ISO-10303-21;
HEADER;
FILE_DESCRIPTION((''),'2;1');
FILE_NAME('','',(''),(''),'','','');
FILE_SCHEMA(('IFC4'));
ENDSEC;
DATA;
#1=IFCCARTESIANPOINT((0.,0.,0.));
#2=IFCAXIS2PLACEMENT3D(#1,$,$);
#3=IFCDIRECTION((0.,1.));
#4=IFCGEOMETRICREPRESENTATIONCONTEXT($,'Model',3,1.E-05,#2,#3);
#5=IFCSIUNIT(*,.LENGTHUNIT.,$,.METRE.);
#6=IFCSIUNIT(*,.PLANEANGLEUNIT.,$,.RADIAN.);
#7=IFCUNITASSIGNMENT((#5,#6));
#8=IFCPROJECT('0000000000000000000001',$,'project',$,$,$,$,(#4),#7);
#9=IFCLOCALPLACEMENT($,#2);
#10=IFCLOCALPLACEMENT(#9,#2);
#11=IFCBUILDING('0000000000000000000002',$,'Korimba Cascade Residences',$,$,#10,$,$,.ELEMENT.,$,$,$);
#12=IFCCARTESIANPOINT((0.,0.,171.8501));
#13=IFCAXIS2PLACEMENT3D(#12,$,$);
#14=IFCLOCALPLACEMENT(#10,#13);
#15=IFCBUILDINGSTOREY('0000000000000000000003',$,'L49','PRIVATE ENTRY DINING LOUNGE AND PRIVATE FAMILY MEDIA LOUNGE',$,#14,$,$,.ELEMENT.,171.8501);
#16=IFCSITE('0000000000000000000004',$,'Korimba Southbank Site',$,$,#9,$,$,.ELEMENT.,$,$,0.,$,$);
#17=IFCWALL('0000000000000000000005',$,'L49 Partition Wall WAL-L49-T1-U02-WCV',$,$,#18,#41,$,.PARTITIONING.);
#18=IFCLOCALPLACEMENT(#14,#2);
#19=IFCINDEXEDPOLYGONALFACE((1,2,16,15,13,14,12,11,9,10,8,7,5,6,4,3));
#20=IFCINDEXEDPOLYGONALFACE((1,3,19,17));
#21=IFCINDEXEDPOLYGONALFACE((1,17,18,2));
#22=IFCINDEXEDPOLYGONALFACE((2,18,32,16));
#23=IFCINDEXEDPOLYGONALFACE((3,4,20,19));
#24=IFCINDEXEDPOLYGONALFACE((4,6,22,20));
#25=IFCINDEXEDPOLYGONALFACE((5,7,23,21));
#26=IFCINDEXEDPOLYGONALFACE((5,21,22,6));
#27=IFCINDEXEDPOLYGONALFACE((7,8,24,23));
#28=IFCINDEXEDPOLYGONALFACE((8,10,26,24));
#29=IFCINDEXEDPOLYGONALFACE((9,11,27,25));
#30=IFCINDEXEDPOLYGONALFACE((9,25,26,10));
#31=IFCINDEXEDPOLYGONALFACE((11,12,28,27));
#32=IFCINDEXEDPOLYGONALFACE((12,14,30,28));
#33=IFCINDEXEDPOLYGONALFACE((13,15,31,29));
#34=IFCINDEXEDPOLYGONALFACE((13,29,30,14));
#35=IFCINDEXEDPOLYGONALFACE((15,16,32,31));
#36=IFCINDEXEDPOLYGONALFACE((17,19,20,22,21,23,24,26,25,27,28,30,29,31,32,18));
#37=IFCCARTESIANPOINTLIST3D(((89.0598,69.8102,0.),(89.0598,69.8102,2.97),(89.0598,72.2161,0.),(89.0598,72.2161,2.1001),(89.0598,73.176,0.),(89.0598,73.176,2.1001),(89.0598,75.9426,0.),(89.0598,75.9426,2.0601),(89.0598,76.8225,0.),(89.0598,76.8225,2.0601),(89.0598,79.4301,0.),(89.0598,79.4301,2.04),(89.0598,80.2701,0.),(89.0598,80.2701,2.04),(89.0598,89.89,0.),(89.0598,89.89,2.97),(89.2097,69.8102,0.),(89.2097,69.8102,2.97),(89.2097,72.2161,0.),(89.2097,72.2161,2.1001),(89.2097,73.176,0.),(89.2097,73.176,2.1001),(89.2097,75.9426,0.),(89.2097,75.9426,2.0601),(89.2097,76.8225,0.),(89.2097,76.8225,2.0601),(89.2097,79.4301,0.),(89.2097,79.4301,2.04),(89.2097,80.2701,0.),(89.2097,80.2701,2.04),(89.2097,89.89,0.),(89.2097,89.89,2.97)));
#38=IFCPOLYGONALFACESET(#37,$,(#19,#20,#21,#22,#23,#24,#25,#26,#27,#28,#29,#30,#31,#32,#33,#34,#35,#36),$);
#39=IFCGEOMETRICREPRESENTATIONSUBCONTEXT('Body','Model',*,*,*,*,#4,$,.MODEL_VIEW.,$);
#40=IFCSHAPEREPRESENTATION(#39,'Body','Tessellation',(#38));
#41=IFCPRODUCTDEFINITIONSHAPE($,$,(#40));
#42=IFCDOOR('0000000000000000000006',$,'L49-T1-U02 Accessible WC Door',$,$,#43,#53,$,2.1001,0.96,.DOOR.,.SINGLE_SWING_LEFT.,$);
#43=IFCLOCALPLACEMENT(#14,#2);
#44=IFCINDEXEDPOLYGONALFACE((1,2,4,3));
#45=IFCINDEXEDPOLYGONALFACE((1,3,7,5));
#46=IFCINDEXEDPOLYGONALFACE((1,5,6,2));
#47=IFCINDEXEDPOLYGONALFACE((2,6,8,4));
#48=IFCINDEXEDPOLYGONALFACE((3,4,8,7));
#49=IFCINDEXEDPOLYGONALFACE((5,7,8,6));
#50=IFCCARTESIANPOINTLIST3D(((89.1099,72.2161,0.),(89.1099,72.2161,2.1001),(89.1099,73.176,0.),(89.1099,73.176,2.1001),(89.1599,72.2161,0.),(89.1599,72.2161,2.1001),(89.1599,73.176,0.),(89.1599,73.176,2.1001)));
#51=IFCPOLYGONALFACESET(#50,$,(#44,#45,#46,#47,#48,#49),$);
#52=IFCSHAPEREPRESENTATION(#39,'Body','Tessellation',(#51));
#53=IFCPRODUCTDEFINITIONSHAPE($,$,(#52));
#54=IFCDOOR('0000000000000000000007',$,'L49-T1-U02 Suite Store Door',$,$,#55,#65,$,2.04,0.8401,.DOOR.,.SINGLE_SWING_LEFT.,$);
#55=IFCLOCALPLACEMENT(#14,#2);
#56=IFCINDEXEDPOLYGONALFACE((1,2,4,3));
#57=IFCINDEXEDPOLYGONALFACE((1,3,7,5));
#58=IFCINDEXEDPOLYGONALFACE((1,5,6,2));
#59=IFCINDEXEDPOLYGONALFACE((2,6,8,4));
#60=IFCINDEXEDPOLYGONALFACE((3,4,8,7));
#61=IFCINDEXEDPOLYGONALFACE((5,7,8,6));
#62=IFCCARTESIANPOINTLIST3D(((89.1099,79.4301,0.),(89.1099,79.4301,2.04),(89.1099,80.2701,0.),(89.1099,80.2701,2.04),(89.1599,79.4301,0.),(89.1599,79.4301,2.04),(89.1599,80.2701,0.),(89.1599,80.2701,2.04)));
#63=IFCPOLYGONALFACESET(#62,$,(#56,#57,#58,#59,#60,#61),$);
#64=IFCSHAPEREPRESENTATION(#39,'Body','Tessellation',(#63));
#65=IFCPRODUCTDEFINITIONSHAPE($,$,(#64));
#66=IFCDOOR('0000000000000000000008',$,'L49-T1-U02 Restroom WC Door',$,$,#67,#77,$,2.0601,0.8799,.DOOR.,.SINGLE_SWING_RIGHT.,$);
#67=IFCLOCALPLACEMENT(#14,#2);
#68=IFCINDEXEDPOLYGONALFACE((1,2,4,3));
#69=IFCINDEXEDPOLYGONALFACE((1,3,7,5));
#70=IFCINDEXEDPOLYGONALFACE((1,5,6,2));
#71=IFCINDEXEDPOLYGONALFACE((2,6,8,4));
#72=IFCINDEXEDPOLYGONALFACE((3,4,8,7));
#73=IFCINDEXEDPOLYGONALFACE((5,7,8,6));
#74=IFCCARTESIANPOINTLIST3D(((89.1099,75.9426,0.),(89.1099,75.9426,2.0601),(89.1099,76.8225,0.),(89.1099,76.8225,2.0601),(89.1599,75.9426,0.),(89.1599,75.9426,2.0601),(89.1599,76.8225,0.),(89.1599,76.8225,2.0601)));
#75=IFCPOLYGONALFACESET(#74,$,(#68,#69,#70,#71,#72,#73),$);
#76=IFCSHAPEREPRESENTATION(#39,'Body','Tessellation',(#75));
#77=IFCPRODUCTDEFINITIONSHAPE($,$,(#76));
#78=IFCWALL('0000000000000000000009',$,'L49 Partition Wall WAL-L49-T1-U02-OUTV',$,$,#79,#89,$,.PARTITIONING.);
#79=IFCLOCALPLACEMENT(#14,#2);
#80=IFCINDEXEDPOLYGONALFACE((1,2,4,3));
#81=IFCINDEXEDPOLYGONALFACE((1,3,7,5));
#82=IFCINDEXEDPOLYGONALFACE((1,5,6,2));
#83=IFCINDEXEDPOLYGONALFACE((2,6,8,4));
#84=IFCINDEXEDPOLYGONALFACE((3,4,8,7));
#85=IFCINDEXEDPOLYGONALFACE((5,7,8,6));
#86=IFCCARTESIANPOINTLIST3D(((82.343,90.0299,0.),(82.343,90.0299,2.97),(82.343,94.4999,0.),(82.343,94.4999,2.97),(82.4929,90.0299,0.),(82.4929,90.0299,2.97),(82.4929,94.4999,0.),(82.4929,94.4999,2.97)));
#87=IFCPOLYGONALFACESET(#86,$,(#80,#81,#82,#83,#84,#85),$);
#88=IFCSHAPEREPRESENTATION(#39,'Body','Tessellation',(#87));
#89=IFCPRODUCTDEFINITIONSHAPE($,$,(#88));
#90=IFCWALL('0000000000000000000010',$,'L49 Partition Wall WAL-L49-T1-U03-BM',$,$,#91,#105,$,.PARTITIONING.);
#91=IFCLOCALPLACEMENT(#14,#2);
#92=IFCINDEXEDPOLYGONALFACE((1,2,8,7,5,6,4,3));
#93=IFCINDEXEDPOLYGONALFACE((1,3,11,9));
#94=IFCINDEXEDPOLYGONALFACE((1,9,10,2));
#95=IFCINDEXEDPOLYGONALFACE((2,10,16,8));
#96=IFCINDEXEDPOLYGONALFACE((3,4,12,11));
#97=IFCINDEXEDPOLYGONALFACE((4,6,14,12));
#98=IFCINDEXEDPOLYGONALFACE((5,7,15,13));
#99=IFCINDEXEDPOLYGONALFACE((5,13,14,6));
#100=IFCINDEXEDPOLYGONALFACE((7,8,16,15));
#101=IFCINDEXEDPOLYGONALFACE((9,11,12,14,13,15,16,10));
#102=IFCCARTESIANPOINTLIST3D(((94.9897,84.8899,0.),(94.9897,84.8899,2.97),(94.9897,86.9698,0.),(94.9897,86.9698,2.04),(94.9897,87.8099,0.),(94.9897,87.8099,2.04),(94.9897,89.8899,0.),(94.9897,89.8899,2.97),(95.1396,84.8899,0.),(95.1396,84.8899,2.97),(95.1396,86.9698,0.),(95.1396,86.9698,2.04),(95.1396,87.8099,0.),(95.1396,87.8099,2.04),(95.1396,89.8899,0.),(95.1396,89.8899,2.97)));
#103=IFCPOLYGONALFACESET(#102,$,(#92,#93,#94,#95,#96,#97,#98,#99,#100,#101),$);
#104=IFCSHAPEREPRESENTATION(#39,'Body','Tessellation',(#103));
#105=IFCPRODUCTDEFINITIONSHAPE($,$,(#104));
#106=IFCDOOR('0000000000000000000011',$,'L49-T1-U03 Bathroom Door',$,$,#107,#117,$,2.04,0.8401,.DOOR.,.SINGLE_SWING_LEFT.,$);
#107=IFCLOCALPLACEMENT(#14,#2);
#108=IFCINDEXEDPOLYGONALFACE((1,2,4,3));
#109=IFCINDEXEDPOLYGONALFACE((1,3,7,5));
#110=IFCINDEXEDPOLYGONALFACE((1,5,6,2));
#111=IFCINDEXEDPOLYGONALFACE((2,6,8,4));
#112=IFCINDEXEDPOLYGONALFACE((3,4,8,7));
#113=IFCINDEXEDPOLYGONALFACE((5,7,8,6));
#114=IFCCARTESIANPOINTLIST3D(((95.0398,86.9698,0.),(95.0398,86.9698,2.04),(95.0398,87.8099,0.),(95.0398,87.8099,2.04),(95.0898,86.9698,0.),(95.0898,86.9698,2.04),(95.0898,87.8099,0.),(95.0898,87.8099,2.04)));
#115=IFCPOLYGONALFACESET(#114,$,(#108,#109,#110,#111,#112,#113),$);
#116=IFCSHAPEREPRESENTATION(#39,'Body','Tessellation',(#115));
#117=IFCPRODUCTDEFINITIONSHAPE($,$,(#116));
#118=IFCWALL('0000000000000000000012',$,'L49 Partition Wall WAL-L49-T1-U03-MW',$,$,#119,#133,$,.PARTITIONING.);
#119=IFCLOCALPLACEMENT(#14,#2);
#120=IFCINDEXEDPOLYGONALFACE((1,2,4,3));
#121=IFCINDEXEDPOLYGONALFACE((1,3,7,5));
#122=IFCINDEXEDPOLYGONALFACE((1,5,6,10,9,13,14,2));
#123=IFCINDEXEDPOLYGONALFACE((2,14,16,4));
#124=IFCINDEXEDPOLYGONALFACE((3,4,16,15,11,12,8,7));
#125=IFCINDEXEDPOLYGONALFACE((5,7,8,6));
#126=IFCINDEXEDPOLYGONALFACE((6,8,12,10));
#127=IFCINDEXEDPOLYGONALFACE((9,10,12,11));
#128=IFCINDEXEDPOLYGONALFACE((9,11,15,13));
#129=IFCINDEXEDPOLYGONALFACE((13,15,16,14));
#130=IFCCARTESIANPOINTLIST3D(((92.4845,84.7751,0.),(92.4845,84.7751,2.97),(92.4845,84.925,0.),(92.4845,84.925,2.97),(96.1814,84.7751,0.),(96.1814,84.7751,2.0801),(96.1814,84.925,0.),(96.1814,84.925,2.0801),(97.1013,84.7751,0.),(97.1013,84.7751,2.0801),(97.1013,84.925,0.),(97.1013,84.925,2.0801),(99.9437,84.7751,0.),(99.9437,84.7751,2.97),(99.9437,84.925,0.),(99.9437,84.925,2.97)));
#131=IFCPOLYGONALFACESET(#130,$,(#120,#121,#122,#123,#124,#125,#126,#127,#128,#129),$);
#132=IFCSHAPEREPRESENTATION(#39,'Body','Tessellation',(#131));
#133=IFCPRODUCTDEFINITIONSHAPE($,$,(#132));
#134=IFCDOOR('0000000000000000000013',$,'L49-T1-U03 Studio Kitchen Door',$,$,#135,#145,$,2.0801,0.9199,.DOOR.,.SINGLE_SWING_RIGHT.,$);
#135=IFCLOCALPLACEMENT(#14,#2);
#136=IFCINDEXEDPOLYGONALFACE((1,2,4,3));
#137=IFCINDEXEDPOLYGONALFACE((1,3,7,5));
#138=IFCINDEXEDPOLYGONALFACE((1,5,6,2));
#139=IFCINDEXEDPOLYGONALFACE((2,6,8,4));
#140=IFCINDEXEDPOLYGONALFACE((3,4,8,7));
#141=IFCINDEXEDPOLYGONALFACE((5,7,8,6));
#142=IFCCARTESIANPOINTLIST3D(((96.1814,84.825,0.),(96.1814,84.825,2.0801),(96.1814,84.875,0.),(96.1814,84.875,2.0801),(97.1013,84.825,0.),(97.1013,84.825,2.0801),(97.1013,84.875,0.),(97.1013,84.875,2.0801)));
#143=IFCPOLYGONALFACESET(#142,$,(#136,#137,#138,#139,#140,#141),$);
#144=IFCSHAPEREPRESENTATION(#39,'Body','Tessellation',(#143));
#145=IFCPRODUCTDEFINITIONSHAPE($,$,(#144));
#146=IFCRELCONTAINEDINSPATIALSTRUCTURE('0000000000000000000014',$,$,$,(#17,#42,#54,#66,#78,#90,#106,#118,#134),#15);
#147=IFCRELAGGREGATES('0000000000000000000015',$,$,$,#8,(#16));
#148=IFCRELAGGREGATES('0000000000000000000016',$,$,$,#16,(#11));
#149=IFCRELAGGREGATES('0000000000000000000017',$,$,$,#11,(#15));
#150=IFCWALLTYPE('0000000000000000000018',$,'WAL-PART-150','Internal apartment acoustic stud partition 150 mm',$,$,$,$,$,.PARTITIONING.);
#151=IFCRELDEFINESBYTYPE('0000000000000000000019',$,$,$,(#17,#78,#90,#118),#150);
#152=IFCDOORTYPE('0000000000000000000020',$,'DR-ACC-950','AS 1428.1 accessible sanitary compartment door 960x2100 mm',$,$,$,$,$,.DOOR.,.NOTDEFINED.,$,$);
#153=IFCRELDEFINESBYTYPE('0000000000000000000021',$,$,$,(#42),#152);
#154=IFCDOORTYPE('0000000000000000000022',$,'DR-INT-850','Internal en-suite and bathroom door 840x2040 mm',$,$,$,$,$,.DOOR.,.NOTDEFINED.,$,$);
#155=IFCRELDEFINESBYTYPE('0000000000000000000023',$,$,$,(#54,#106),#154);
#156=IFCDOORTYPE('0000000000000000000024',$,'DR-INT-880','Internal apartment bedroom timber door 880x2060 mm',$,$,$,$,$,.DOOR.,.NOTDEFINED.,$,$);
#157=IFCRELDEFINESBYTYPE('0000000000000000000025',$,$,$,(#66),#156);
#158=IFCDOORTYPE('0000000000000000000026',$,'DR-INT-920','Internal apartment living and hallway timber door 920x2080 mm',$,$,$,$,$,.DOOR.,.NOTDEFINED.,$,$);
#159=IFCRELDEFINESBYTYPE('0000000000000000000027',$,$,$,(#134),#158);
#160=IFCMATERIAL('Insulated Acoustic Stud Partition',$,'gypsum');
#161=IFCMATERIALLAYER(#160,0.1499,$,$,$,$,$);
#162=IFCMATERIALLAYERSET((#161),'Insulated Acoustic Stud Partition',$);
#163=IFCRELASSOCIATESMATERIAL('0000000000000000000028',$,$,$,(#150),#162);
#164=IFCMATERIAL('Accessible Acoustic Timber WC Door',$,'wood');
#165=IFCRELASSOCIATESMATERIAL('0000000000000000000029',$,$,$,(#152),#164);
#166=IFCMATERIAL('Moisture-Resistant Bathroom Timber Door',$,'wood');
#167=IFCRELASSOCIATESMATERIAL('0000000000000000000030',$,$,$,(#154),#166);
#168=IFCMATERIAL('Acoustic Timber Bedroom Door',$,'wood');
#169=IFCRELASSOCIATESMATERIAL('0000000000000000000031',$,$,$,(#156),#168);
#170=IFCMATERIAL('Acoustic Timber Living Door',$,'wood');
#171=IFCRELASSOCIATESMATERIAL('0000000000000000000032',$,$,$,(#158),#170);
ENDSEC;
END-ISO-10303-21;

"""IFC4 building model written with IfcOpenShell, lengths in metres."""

from ifc_helpers import new_model, si_unit, direction, frame, frame_2d, origin, place, context, subcontext, project, spatial, rectangle, extrude, material, layer, layer_set, type_object, element, fill, save


model = new_model("IFC4")

# Units and contexts
model_context = context("Model", 3, precision=1e-05, world=origin(), true_north=direction((0.0, 1.0)))
body_context = subcontext(model_context, "Body", "Model", "MODEL_VIEW")
ifc_project = project(units=[si_unit("LENGTHUNIT", "METRE"), si_unit("PLANEANGLEUNIT", "RADIAN")], contexts=[model_context])

# Site, building, storey
site_placement = place(None, origin())
site = spatial("IfcSite", under=ifc_project, at=site_placement, Name="Korimba Southbank Site", CompositionType="ELEMENT", RefElevation=0.0)
building_placement = place(site_placement, origin())
building = spatial("IfcBuilding", under=site, at=building_placement, Name="Korimba Cascade Residences", CompositionType="ELEMENT")
storey_placement = place(building_placement, frame((0.0, 0.0, 171.8501)))
storey = spatial("IfcBuildingStorey", under=building, at=storey_placement, Name="L49", Description="PRIVATE ENTRY DINING LOUNGE AND PRIVATE FAMILY MEDIA LOUNGE", CompositionType="ELEMENT", Elevation=171.8501)

# Shared definitions
ifc_material_1 = material(Name="Insulated Acoustic Stud Partition", Category="gypsum")
ifc_layer_1 = layer(ifc_material_1, 0.1499)
ifc_layer_set_1 = layer_set([ifc_layer_1], Name="Insulated Acoustic Stud Partition")
wall_type_1 = type_object("IfcWallType", Name="WAL-PART-150", Description="Internal apartment acoustic stud partition 150 mm", PredefinedType="PARTITIONING", material=ifc_layer_set_1)

# Wall, openings, doors
wall_1_placement = place(storey_placement, frame((89.1348, 69.8101, 0.0), z_axis=(0.0, 0.0, 1.0), x_axis=(0.0, 1.0, 0.0)))
wall_1 = element("IfcWall", 1, at=wall_1_placement, inside=storey, type_object=wall_type_1, Name="L49 Partition Wall WAL-L49-T1-U02-WCV", PredefinedType="PARTITIONING", context=body_context, shape_type="SweptSolid", body=[
    extrude(rectangle(XDim=20.0798, YDim=0.1499, at=frame_2d((10.04, 0.0))), origin(), (0.0, 0.0, 1.0), 2.97),
])
opening_1_placement = place(wall_1_placement, frame((2.406, 0.0, 0.0)))
opening_1 = element("IfcOpeningElement", 2, at=opening_1_placement, cuts=wall_1, PredefinedType="OPENING", context=body_context, shape_type="SweptSolid", body=[
    extrude(rectangle(XDim=0.96, YDim=2.1001, at=frame_2d((0.48, 1.05))), frame((0.0, 0.085, 0.0), z_axis=(0.0, -1.0, 0.0), x_axis=(1.0, 0.0, 0.0)), (0.0, 0.0, 1.0), 0.1699),
])
opening_2_placement = place(wall_1_placement, frame((6.1326, 0.0, 0.0)))
opening_2 = element("IfcOpeningElement", 3, at=opening_2_placement, cuts=wall_1, PredefinedType="OPENING", context=body_context, shape_type="SweptSolid", body=[
    extrude(rectangle(XDim=0.8799, YDim=2.0601, at=frame_2d((0.4399, 1.03))), frame((0.0, 0.085, 0.0), z_axis=(0.0, -1.0, 0.0), x_axis=(1.0, 0.0, 0.0)), (0.0, 0.0, 1.0), 0.1699),
])
opening_3_placement = place(wall_1_placement, frame((9.6201, 0.0, 0.0)))
opening_3 = element("IfcOpeningElement", 4, at=opening_3_placement, cuts=wall_1, PredefinedType="OPENING", context=body_context, shape_type="SweptSolid", body=[
    extrude(rectangle(XDim=0.8401, YDim=2.04, at=frame_2d((0.4199, 1.02))), frame((0.0, 0.085, 0.0), z_axis=(0.0, -1.0, 0.0), x_axis=(1.0, 0.0, 0.0)), (0.0, 0.0, 1.0), 0.1699),
])
ifc_material_2 = material(Name="Accessible Acoustic Timber WC Door", Category="wood")
door_type_1 = type_object("IfcDoorType", Name="DR-ACC-950", Description="AS 1428.1 accessible sanitary compartment door 960x2100 mm", OperationType="NOTDEFINED", PredefinedType="DOOR", material=ifc_material_2)
door_1_placement = place(opening_1_placement, origin())
door_1 = element("IfcDoor", 5, at=door_1_placement, inside=storey, type_object=door_type_1, Name="L49-T1-U02 Accessible WC Door", OperationType="SINGLE_SWING_LEFT", OverallHeight=2.1001, OverallWidth=0.96, PredefinedType="DOOR", context=body_context, shape_type="SweptSolid", body=[
    extrude(rectangle(XDim=0.96, YDim=2.1001, at=frame_2d((0.48, 1.05))), frame((0.0, 0.0249, 0.0), z_axis=(0.0, -1.0, 0.0), x_axis=(1.0, 0.0, 0.0)), (0.0, 0.0, 1.0), 0.05),
])
fill(opening_1, door_1)
ifc_material_3 = material(Name="Moisture-Resistant Bathroom Timber Door", Category="wood")
door_type_2 = type_object("IfcDoorType", Name="DR-INT-850", Description="Internal en-suite and bathroom door 840x2040 mm", OperationType="NOTDEFINED", PredefinedType="DOOR", material=ifc_material_3)
door_2_placement = place(opening_3_placement, origin())
door_2 = element("IfcDoor", 6, at=door_2_placement, inside=storey, type_object=door_type_2, Name="L49-T1-U02 Suite Store Door", OperationType="SINGLE_SWING_LEFT", OverallHeight=2.04, OverallWidth=0.8401, PredefinedType="DOOR", context=body_context, shape_type="SweptSolid", body=[
    extrude(rectangle(XDim=0.8401, YDim=2.04, at=frame_2d((0.4199, 1.02))), frame((0.0, 0.0249, 0.0), z_axis=(0.0, -1.0, 0.0), x_axis=(1.0, 0.0, 0.0)), (0.0, 0.0, 1.0), 0.05),
])
fill(opening_3, door_2)
ifc_material_4 = material(Name="Acoustic Timber Bedroom Door", Category="wood")
door_type_3 = type_object("IfcDoorType", Name="DR-INT-880", Description="Internal apartment bedroom timber door 880x2060 mm", OperationType="NOTDEFINED", PredefinedType="DOOR", material=ifc_material_4)
door_3_placement = place(opening_2_placement, origin())
door_3 = element("IfcDoor", 7, at=door_3_placement, inside=storey, type_object=door_type_3, Name="L49-T1-U02 Restroom WC Door", OperationType="SINGLE_SWING_RIGHT", OverallHeight=2.0601, OverallWidth=0.8799, PredefinedType="DOOR", context=body_context, shape_type="SweptSolid", body=[
    extrude(rectangle(XDim=0.8799, YDim=2.0601, at=frame_2d((0.4399, 1.03))), frame((0.0, 0.0249, 0.0), z_axis=(0.0, -1.0, 0.0), x_axis=(1.0, 0.0, 0.0)), (0.0, 0.0, 1.0), 0.05),
])
fill(opening_2, door_3)

# Wall
wall_2_placement = place(storey_placement, frame((82.418, 90.03, 0.0), z_axis=(0.0, 0.0, 1.0), x_axis=(0.0, 1.0, 0.0)))
element("IfcWall", 8, at=wall_2_placement, inside=storey, type_object=wall_type_1, Name="L49 Partition Wall WAL-L49-T1-U02-OUTV", PredefinedType="PARTITIONING", context=body_context, shape_type="SweptSolid", body=[
    extrude(rectangle(XDim=4.47, YDim=0.1499, at=frame_2d((2.2349, 0.0))), origin(), (0.0, 0.0, 1.0), 2.97),
])

# Walls, openings, doors
wall_3_placement = place(storey_placement, frame((95.0647, 84.8899, 0.0), z_axis=(0.0, 0.0, 1.0), x_axis=(0.0, 1.0, 0.0)))
wall_3 = element("IfcWall", 9, at=wall_3_placement, inside=storey, type_object=wall_type_1, Name="L49 Partition Wall WAL-L49-T1-U03-BM", PredefinedType="PARTITIONING", context=body_context, shape_type="SweptSolid", body=[
    extrude(rectangle(XDim=5.0, YDim=0.1499, at=frame_2d((2.5, 0.0))), origin(), (0.0, 0.0, 1.0), 2.97),
])
opening_4_placement = place(wall_3_placement, frame((2.0801, 0.0, 0.0)))
opening_4 = element("IfcOpeningElement", 10, at=opening_4_placement, cuts=wall_3, PredefinedType="OPENING", context=body_context, shape_type="SweptSolid", body=[
    extrude(rectangle(XDim=0.8401, YDim=2.04, at=frame_2d((0.4199, 1.02))), frame((0.0, 0.085, 0.0), z_axis=(0.0, -1.0, 0.0), x_axis=(1.0, 0.0, 0.0)), (0.0, 0.0, 1.0), 0.1699),
])
door_4_placement = place(opening_4_placement, origin())
door_4 = element("IfcDoor", 11, at=door_4_placement, inside=storey, type_object=door_type_2, Name="L49-T1-U03 Bathroom Door", OperationType="SINGLE_SWING_LEFT", OverallHeight=2.04, OverallWidth=0.8401, PredefinedType="DOOR", context=body_context, shape_type="SweptSolid", body=[
    extrude(rectangle(XDim=0.8401, YDim=2.04, at=frame_2d((0.4199, 1.02))), frame((0.0, 0.0249, 0.0), z_axis=(0.0, -1.0, 0.0), x_axis=(1.0, 0.0, 0.0)), (0.0, 0.0, 1.0), 0.05),
])
fill(opening_4, door_4)
wall_4_placement = place(storey_placement, frame((92.4846, 84.8501, 0.0), z_axis=(0.0, 0.0, 1.0), x_axis=(1.0, 0.0, 0.0)))
wall_4 = element("IfcWall", 12, at=wall_4_placement, inside=storey, type_object=wall_type_1, Name="L49 Partition Wall WAL-L49-T1-U03-MW", PredefinedType="PARTITIONING", context=body_context, shape_type="SweptSolid", body=[
    extrude(rectangle(XDim=7.4592, YDim=0.1499, at=frame_2d((3.7295, 0.0))), origin(), (0.0, 0.0, 1.0), 2.97),
])
opening_5_placement = place(wall_4_placement, frame((3.6968, 0.0, 0.0)))
opening_5 = element("IfcOpeningElement", 13, at=opening_5_placement, cuts=wall_4, PredefinedType="OPENING", context=body_context, shape_type="SweptSolid", body=[
    extrude(rectangle(XDim=0.9199, YDim=2.0801, at=frame_2d((0.46, 1.04))), frame((0.0, 0.085, 0.0), z_axis=(0.0, -1.0, 0.0), x_axis=(1.0, 0.0, 0.0)), (0.0, 0.0, 1.0), 0.1699),
])
ifc_material_5 = material(Name="Acoustic Timber Living Door", Category="wood")
door_type_4 = type_object("IfcDoorType", Name="DR-INT-920", Description="Internal apartment living and hallway timber door 920x2080 mm", OperationType="NOTDEFINED", PredefinedType="DOOR", material=ifc_material_5)
door_5_placement = place(opening_5_placement, origin())
door_5 = element("IfcDoor", 14, at=door_5_placement, inside=storey, type_object=door_type_4, Name="L49-T1-U03 Studio Kitchen Door", OperationType="SINGLE_SWING_RIGHT", OverallHeight=2.0801, OverallWidth=0.9199, PredefinedType="DOOR", context=body_context, shape_type="SweptSolid", body=[
    extrude(rectangle(XDim=0.9199, YDim=2.0801, at=frame_2d((0.46, 1.04))), frame((0.0, 0.0249, 0.0), z_axis=(0.0, -1.0, 0.0), x_axis=(1.0, 0.0, 0.0)), (0.0, 0.0, 1.0), 0.05),
])
fill(opening_5, door_5)

save(model, "model.ifc")
